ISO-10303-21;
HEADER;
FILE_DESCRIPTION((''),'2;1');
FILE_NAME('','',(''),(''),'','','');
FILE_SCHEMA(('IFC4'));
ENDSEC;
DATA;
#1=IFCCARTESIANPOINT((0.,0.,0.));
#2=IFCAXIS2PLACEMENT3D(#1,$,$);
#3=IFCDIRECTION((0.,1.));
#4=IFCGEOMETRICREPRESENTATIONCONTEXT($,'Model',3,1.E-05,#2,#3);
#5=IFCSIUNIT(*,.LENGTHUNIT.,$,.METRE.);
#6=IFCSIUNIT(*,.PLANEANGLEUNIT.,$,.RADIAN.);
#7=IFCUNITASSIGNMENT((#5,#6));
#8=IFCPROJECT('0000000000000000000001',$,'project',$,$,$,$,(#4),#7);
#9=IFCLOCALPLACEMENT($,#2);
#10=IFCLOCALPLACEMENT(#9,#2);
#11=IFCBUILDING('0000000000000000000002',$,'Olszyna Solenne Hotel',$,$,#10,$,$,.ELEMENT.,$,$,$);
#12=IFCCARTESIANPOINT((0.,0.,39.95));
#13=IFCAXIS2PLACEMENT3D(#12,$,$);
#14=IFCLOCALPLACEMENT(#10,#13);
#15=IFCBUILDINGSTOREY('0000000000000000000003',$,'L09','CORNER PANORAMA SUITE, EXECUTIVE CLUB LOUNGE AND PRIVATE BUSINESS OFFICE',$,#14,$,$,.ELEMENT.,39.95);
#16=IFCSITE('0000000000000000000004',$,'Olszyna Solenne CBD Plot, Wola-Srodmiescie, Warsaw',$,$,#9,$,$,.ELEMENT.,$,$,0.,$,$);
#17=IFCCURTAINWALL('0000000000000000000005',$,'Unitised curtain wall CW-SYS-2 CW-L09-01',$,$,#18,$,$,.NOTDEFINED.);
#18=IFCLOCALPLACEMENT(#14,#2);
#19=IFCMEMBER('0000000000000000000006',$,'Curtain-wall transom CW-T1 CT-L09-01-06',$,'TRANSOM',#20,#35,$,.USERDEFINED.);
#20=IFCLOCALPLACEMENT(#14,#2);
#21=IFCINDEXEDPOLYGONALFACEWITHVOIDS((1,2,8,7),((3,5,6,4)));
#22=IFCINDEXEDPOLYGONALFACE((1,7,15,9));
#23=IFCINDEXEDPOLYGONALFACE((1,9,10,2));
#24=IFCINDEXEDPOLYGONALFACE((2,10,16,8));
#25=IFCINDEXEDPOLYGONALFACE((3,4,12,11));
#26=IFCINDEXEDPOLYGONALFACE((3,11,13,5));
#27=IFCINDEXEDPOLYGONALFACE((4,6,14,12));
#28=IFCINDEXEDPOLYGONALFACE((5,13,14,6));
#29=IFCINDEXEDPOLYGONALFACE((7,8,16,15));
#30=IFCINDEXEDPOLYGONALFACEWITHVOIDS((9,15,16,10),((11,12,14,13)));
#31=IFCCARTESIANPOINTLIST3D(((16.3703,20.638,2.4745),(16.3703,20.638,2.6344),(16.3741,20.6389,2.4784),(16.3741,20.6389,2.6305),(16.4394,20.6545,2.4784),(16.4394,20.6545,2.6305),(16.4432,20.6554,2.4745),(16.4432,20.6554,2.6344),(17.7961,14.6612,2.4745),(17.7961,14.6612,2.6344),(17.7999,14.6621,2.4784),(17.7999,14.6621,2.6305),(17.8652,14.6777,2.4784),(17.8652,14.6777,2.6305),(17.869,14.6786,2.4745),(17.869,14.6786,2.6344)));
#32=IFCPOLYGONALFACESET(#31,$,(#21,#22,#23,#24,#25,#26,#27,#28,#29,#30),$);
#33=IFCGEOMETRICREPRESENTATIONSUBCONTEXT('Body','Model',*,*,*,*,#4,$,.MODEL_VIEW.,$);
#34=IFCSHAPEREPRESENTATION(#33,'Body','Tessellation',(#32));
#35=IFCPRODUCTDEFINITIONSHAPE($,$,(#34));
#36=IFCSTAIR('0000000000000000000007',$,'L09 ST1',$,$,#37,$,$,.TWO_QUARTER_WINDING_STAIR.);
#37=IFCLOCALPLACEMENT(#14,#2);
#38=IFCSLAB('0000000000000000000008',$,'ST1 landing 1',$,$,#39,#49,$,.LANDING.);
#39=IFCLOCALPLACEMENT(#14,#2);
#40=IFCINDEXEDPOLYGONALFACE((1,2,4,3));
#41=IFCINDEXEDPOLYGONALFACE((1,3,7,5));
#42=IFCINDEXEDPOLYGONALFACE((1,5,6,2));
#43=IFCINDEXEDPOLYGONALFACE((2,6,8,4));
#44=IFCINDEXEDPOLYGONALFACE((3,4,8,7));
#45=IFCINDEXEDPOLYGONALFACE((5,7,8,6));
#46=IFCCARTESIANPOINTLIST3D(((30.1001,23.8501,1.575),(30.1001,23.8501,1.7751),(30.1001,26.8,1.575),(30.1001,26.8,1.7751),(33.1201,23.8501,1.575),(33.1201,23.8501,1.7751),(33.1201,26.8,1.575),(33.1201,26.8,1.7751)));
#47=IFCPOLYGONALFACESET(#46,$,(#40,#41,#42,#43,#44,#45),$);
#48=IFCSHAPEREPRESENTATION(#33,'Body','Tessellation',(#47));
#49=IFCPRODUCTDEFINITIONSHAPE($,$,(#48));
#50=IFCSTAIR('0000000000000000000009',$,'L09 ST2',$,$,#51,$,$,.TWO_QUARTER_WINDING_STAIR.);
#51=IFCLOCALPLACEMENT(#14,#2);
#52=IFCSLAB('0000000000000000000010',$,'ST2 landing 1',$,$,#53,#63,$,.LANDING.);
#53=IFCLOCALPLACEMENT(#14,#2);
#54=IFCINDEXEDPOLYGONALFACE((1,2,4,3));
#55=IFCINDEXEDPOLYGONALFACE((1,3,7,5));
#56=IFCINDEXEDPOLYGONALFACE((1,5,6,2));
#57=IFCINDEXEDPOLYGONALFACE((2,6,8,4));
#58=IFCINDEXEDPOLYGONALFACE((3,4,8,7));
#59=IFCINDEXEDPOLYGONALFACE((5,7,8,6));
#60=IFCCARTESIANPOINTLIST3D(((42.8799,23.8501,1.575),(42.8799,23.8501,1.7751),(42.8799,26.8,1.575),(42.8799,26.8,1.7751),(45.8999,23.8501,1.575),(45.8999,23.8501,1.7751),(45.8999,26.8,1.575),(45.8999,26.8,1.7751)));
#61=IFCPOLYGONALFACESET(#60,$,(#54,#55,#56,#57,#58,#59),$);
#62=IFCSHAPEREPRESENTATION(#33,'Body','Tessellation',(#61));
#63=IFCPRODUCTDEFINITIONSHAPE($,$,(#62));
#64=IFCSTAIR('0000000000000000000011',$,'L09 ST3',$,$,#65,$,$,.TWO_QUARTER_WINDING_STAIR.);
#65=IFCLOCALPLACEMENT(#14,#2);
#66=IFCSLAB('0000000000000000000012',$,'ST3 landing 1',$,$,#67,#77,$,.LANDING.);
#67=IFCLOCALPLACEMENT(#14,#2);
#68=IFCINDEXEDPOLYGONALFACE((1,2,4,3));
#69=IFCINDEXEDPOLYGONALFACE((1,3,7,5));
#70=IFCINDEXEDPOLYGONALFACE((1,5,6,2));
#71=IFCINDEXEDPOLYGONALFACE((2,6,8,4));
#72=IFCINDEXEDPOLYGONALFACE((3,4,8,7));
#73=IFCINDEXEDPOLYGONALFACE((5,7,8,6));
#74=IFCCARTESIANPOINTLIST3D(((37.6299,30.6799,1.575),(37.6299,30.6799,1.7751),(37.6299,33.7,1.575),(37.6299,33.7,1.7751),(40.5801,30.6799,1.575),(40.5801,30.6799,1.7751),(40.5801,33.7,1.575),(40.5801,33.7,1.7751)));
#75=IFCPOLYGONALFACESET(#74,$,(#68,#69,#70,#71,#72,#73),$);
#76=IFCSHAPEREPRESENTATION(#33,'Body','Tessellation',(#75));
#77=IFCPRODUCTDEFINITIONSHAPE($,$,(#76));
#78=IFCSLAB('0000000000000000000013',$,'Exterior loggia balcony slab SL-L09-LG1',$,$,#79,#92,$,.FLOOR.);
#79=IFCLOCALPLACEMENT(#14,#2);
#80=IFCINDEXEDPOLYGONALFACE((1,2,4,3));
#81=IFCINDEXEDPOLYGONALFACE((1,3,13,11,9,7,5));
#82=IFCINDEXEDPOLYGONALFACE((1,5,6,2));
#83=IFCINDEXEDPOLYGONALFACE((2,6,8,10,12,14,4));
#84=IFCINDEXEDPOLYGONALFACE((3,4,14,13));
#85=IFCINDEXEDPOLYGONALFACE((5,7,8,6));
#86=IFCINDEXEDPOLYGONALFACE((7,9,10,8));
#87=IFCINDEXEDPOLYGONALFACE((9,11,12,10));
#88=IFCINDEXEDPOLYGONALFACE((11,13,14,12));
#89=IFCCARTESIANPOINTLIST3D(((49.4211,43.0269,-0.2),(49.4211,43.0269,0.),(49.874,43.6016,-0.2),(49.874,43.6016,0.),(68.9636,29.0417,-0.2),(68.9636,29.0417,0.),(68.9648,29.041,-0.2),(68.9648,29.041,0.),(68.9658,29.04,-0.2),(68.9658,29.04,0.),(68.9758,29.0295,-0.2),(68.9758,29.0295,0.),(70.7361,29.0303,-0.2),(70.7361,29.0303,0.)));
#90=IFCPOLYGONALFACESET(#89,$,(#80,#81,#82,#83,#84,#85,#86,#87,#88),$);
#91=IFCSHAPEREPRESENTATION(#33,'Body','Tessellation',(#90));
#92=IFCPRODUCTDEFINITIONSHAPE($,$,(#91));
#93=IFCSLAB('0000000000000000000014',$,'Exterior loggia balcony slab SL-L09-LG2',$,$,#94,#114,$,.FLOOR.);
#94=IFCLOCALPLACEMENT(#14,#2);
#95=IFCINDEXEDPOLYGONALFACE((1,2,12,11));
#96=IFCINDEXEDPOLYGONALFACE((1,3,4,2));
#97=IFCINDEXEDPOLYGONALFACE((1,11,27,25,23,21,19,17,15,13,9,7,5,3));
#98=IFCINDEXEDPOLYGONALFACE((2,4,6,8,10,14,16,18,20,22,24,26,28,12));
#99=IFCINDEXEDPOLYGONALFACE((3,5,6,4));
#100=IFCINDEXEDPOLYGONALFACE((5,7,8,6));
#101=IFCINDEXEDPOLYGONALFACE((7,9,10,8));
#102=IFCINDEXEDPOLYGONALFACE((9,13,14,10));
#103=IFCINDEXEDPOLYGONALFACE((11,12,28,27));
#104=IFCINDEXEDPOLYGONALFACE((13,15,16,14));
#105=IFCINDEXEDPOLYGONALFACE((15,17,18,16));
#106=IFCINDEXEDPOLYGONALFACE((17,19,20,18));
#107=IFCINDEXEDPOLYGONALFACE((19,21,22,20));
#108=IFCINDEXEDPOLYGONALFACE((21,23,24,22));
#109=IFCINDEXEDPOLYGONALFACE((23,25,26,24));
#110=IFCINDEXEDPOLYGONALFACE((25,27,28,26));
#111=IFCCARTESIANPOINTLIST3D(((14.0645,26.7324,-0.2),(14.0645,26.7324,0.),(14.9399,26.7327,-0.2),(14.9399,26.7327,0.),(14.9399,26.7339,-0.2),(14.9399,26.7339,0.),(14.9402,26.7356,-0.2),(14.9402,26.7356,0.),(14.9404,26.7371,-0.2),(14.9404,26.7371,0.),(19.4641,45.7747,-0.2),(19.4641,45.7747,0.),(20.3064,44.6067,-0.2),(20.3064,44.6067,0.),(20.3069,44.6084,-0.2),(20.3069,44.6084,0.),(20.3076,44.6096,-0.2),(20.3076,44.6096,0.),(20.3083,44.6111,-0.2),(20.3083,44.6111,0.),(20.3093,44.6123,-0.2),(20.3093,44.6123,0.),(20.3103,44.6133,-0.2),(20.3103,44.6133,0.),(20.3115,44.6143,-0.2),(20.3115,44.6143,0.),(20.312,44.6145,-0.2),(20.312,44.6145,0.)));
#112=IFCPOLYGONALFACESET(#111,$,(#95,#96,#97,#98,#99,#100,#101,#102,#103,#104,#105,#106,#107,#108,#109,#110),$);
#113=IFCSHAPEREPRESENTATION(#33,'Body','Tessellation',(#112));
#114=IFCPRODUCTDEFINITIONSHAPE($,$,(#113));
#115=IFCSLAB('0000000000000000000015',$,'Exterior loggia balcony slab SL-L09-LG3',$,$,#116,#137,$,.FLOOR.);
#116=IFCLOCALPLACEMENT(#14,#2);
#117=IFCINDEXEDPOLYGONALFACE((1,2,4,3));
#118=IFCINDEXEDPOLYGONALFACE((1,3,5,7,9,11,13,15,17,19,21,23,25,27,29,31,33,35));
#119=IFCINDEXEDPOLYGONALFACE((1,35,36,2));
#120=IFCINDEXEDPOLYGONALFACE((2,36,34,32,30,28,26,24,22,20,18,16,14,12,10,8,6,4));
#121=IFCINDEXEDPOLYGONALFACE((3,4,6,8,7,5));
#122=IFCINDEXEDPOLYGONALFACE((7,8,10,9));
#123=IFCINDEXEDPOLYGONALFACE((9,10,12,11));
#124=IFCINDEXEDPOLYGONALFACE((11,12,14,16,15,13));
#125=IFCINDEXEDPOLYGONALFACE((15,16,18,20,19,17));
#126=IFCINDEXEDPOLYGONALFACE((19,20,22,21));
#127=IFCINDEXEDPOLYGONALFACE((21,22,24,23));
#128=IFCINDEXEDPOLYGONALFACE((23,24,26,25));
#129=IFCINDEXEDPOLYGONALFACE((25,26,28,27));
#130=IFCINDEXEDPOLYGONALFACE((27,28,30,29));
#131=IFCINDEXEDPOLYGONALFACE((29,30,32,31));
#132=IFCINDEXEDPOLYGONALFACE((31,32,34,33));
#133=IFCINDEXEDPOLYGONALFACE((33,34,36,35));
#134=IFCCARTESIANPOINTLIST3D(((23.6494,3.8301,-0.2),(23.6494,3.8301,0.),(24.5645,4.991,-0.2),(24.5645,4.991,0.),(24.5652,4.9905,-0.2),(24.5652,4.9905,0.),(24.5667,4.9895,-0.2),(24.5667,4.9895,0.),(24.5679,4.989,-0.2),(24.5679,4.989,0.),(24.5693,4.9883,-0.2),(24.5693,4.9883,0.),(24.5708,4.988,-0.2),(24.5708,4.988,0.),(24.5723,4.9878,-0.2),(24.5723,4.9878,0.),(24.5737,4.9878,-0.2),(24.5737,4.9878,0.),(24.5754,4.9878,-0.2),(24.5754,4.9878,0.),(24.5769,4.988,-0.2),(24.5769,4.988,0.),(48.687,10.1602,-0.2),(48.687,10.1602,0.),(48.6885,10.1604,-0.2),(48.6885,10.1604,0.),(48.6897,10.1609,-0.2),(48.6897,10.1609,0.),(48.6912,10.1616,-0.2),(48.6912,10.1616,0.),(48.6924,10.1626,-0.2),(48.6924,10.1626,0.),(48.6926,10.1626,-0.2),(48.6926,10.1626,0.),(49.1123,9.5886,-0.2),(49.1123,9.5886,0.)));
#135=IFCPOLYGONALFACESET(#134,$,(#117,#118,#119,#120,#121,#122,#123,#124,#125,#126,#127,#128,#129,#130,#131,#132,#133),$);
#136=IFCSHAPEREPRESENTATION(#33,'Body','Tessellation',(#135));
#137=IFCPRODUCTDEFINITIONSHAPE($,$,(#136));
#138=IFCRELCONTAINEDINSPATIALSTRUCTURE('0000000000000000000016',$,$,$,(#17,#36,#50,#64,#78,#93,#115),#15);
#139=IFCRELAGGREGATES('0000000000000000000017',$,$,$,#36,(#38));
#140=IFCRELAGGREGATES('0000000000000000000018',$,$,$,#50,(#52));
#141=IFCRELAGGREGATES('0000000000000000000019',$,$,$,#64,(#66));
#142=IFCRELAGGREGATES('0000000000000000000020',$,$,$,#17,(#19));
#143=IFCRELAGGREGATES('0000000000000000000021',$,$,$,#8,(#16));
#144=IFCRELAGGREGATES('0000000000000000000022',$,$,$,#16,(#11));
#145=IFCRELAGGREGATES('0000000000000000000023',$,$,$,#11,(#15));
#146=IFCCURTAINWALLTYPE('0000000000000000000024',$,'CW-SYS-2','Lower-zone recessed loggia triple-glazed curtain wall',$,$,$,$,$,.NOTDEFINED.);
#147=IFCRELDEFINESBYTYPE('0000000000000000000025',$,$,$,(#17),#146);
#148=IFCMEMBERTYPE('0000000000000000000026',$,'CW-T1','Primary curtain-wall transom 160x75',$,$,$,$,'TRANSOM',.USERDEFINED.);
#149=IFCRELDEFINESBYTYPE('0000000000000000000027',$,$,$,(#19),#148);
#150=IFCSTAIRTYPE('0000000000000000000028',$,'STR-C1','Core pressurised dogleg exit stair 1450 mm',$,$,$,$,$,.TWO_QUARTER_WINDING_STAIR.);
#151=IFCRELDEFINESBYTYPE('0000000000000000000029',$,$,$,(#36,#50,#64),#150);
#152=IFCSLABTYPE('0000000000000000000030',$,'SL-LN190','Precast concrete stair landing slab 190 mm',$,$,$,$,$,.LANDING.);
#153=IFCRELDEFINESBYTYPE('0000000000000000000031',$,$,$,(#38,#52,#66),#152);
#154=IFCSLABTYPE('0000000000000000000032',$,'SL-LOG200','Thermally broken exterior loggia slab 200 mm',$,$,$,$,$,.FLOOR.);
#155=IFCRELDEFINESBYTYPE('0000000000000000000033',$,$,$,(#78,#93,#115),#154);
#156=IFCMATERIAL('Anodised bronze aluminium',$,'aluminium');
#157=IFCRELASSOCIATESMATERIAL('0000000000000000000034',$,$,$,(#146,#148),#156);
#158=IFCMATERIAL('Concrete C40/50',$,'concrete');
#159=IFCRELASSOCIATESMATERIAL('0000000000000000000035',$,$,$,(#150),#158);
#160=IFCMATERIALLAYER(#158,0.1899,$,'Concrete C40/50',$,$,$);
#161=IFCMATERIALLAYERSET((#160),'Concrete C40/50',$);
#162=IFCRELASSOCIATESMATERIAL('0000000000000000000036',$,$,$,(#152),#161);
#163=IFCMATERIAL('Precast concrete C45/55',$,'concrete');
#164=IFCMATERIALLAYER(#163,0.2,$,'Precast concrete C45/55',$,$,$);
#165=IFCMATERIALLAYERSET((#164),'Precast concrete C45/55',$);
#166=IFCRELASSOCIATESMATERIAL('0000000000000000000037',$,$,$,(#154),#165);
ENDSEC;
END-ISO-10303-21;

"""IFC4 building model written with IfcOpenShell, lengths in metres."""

from ifc_helpers import new_model, si_unit, direction, frame, origin, origin_2d, place, context, subcontext, project, spatial, polyline, hollow_rectangle, outline, extrude, source, transform, mapped, material, layer, layer_set, material_profile, profile_set, type_object, element, aggregate, save


model = new_model("IFC4")

# Units and contexts
model_context = context("Model", 3, precision=1e-05, world=origin(), true_north=direction((0.0, 1.0)))
body_context = subcontext(model_context, "Body", "Model", "MODEL_VIEW")
ifc_project = project(units=[si_unit("LENGTHUNIT", "METRE"), si_unit("PLANEANGLEUNIT", "RADIAN")], contexts=[model_context])

# Site, building, storey
site_placement = place(None, origin())
site = spatial("IfcSite", under=ifc_project, at=site_placement, Name="Olszyna Solenne CBD Plot, Wola-Srodmiescie, Warsaw", CompositionType="ELEMENT", RefElevation=0.0)
building_placement = place(site_placement, origin())
building = spatial("IfcBuilding", under=site, at=building_placement, Name="Olszyna Solenne Hotel", CompositionType="ELEMENT")
storey_placement = place(building_placement, frame((0.0, 0.0, 39.95)))
storey = spatial("IfcBuildingStorey", under=building, at=storey_placement, Name="L09", Description="CORNER PANORAMA SUITE, EXECUTIVE CLUB LOUNGE AND PRIVATE BUSINESS OFFICE", CompositionType="ELEMENT", Elevation=39.95)

# Curtain wall, member
ifc_material_1 = material(Name="Anodised bronze aluminium", Category="aluminium")
curtain_wall_type = type_object("IfcCurtainWallType", Name="CW-SYS-2", Description="Lower-zone recessed loggia triple-glazed curtain wall", PredefinedType="NOTDEFINED", material=ifc_material_1)
curtain_wall_placement = place(storey_placement, origin())
curtain_wall = element("IfcCurtainWall", 1, at=curtain_wall_placement, inside=storey, type_object=curtain_wall_type, Name="Unitised curtain wall CW-SYS-2 CW-L09-01", PredefinedType="NOTDEFINED")
ifc_material_profile_1 = material_profile(ifc_material_1, hollow_rectangle(XDim=0.075, YDim=0.1599, WallThickness=0.0039, at=origin_2d()), Name="TRAN 160x75x4", Category="load-bearing")
ifc_profile_set_1 = profile_set([ifc_material_profile_1], Name="Anodised bronze aluminium")
member_type_1 = type_object("IfcMemberType", Name="CW-T1", Description="Primary curtain-wall transom 160x75", ElementType="TRANSOM", PredefinedType="USERDEFINED", material=ifc_profile_set_1)
shared_shape_1 = source(origin(), body_context, "Body", "SweptSolid", [
    extrude(hollow_rectangle(XDim=0.075, YDim=0.1599, WallThickness=0.0039, at=origin_2d()), origin(), (0.0, 0.0, 1.0), 6.1445),
])
member_1_placement = place(storey_placement, frame((16.4067, 20.6467, 2.5544), z_axis=(0.232041, -0.972706, 0.0), x_axis=(0.972706, 0.232041, 0.0)))
member_1 = element("IfcMember", 2, at=member_1_placement, type_object=member_type_1, Name="Curtain-wall transom CW-T1 CT-L09-01-06", ObjectType="TRANSOM", PredefinedType="USERDEFINED", context=body_context, shape_type="MappedRepresentation", body=[
    mapped(shared_shape_1, transform((0.0, 0.0, 0.0), x_axis=(1.0, 0.0, 0.0), y_axis=(0.0, 1.0, 0.0), z_axis=(0.0, 0.0, 1.0), scale=1.0)),
])

# Stairs, slabs
ifc_material_2 = material(Name="Concrete C40/50", Category="concrete")
stair_type = type_object("IfcStairType", Name="STR-C1", Description="Core pressurised dogleg exit stair 1450 mm", PredefinedType="TWO_QUARTER_WINDING_STAIR", material=ifc_material_2)
stair_1_placement = place(storey_placement, origin())
stair_1 = element("IfcStair", 3, at=stair_1_placement, inside=storey, type_object=stair_type, Name="L09 ST1", PredefinedType="TWO_QUARTER_WINDING_STAIR")
ifc_layer_1 = layer(ifc_material_2, 0.1899, Name="Concrete C40/50")
ifc_layer_set_1 = layer_set([ifc_layer_1], Name="Concrete C40/50")
slab_type_1 = type_object("IfcSlabType", Name="SL-LN190", Description="Precast concrete stair landing slab 190 mm", PredefinedType="LANDING", material=ifc_layer_set_1)
slab_1_placement = place(storey_placement, frame((0.0, 0.0, 1.575)))
slab_1 = element("IfcSlab", 4, at=slab_1_placement, type_object=slab_type_1, Name="ST1 landing 1", PredefinedType="LANDING", context=body_context, shape_type="SweptSolid", body=[
    extrude(outline(polyline([(33.1201, 23.8501), (33.1201, 26.8), (30.1001, 26.8), (30.1001, 23.8501), (33.1201, 23.8501)])), origin(), (0.0, 0.0, 1.0), 0.2002),
])
aggregate(stair_1, [slab_1])
stair_2_placement = place(storey_placement, origin())
stair_2 = element("IfcStair", 5, at=stair_2_placement, inside=storey, type_object=stair_type, Name="L09 ST2", PredefinedType="TWO_QUARTER_WINDING_STAIR")
slab_2_placement = place(storey_placement, frame((0.0, 0.0, 1.575)))
slab_2 = element("IfcSlab", 6, at=slab_2_placement, type_object=slab_type_1, Name="ST2 landing 1", PredefinedType="LANDING", context=body_context, shape_type="SweptSolid", body=[
    extrude(outline(polyline([(45.8999, 23.8501), (45.8999, 26.8), (42.8799, 26.8), (42.8799, 23.8501), (45.8999, 23.8501)])), origin(), (0.0, 0.0, 1.0), 0.2002),
])
aggregate(stair_2, [slab_2])
stair_3_placement = place(storey_placement, origin())
stair_3 = element("IfcStair", 7, at=stair_3_placement, inside=storey, type_object=stair_type, Name="L09 ST3", PredefinedType="TWO_QUARTER_WINDING_STAIR")
slab_3_placement = place(storey_placement, frame((0.0, 0.0, 1.575)))
slab_3 = element("IfcSlab", 8, at=slab_3_placement, type_object=slab_type_1, Name="ST3 landing 1", PredefinedType="LANDING", context=body_context, shape_type="SweptSolid", body=[
    extrude(outline(polyline([(37.6299, 30.6799), (40.5801, 30.6799), (40.5801, 33.7), (37.6299, 33.7), (37.6299, 30.6799)])), origin(), (0.0, 0.0, 1.0), 0.2002),
])
aggregate(stair_3, [slab_3])

# Slabs
ifc_material_3 = material(Name="Precast concrete C45/55", Category="concrete")
ifc_layer_2 = layer(ifc_material_3, 0.2, Name="Precast concrete C45/55")
ifc_layer_set_2 = layer_set([ifc_layer_2], Name="Precast concrete C45/55")
slab_type_2 = type_object("IfcSlabType", Name="SL-LOG200", Description="Thermally broken exterior loggia slab 200 mm", PredefinedType="FLOOR", material=ifc_layer_set_2)
slab_4_placement = place(storey_placement, frame((0.0, 0.0, -0.2)))
element("IfcSlab", 9, at=slab_4_placement, inside=storey, type_object=slab_type_2, Name="Exterior loggia balcony slab SL-L09-LG1", PredefinedType="FLOOR", context=body_context, shape_type="SweptSolid", body=[
    extrude(outline(polyline([(49.4211, 43.0269), (68.9636, 29.0417), (68.9648, 29.041), (68.9658, 29.04), (68.9758, 29.0295), (70.7361, 29.0303), (49.874, 43.6016), (49.4211, 43.0269)])), origin(), (0.0, 0.0, 1.0), 0.2),
])
slab_5_placement = place(storey_placement, frame((0.0, 0.0, -0.2)))
element("IfcSlab", 10, at=slab_5_placement, inside=storey, type_object=slab_type_2, Name="Exterior loggia balcony slab SL-L09-LG2", PredefinedType="FLOOR", context=body_context, shape_type="SweptSolid", body=[
    extrude(outline(polyline([(14.9399, 26.7327), (14.9399, 26.7339), (14.9402, 26.7356), (14.9404, 26.7371), (20.3064, 44.6067), (20.3069, 44.6084), (20.3076, 44.6096), (20.3083, 44.6111), (20.3093, 44.6123), (20.3103, 44.6133), (20.3115, 44.6143), (20.312, 44.6145), (19.4641, 45.7747), (14.0645, 26.7324), (14.9399, 26.7327)])), origin(), (0.0, 0.0, 1.0), 0.2),
])
slab_6_placement = place(storey_placement, frame((0.0, 0.0, -0.2)))
element("IfcSlab", 11, at=slab_6_placement, inside=storey, type_object=slab_type_2, Name="Exterior loggia balcony slab SL-L09-LG3", PredefinedType="FLOOR", context=body_context, shape_type="SweptSolid", body=[
    extrude(outline(polyline([(48.6926, 10.1626), (48.6924, 10.1626), (48.6912, 10.1616), (48.6897, 10.1609), (48.6885, 10.1604), (48.687, 10.1602), (24.5769, 4.988), (24.5754, 4.9878), (24.5737, 4.9878), (24.5723, 4.9878), (24.5708, 4.988), (24.5693, 4.9883), (24.5679, 4.989), (24.5667, 4.9895), (24.5652, 4.9905), (24.5645, 4.991), (23.6494, 3.8301), (49.1123, 9.5886), (48.6926, 10.1626)])), origin(), (0.0, 0.0, 1.0), 0.2),
])

aggregate(curtain_wall, [member_1])

save(model, "model.ifc")
